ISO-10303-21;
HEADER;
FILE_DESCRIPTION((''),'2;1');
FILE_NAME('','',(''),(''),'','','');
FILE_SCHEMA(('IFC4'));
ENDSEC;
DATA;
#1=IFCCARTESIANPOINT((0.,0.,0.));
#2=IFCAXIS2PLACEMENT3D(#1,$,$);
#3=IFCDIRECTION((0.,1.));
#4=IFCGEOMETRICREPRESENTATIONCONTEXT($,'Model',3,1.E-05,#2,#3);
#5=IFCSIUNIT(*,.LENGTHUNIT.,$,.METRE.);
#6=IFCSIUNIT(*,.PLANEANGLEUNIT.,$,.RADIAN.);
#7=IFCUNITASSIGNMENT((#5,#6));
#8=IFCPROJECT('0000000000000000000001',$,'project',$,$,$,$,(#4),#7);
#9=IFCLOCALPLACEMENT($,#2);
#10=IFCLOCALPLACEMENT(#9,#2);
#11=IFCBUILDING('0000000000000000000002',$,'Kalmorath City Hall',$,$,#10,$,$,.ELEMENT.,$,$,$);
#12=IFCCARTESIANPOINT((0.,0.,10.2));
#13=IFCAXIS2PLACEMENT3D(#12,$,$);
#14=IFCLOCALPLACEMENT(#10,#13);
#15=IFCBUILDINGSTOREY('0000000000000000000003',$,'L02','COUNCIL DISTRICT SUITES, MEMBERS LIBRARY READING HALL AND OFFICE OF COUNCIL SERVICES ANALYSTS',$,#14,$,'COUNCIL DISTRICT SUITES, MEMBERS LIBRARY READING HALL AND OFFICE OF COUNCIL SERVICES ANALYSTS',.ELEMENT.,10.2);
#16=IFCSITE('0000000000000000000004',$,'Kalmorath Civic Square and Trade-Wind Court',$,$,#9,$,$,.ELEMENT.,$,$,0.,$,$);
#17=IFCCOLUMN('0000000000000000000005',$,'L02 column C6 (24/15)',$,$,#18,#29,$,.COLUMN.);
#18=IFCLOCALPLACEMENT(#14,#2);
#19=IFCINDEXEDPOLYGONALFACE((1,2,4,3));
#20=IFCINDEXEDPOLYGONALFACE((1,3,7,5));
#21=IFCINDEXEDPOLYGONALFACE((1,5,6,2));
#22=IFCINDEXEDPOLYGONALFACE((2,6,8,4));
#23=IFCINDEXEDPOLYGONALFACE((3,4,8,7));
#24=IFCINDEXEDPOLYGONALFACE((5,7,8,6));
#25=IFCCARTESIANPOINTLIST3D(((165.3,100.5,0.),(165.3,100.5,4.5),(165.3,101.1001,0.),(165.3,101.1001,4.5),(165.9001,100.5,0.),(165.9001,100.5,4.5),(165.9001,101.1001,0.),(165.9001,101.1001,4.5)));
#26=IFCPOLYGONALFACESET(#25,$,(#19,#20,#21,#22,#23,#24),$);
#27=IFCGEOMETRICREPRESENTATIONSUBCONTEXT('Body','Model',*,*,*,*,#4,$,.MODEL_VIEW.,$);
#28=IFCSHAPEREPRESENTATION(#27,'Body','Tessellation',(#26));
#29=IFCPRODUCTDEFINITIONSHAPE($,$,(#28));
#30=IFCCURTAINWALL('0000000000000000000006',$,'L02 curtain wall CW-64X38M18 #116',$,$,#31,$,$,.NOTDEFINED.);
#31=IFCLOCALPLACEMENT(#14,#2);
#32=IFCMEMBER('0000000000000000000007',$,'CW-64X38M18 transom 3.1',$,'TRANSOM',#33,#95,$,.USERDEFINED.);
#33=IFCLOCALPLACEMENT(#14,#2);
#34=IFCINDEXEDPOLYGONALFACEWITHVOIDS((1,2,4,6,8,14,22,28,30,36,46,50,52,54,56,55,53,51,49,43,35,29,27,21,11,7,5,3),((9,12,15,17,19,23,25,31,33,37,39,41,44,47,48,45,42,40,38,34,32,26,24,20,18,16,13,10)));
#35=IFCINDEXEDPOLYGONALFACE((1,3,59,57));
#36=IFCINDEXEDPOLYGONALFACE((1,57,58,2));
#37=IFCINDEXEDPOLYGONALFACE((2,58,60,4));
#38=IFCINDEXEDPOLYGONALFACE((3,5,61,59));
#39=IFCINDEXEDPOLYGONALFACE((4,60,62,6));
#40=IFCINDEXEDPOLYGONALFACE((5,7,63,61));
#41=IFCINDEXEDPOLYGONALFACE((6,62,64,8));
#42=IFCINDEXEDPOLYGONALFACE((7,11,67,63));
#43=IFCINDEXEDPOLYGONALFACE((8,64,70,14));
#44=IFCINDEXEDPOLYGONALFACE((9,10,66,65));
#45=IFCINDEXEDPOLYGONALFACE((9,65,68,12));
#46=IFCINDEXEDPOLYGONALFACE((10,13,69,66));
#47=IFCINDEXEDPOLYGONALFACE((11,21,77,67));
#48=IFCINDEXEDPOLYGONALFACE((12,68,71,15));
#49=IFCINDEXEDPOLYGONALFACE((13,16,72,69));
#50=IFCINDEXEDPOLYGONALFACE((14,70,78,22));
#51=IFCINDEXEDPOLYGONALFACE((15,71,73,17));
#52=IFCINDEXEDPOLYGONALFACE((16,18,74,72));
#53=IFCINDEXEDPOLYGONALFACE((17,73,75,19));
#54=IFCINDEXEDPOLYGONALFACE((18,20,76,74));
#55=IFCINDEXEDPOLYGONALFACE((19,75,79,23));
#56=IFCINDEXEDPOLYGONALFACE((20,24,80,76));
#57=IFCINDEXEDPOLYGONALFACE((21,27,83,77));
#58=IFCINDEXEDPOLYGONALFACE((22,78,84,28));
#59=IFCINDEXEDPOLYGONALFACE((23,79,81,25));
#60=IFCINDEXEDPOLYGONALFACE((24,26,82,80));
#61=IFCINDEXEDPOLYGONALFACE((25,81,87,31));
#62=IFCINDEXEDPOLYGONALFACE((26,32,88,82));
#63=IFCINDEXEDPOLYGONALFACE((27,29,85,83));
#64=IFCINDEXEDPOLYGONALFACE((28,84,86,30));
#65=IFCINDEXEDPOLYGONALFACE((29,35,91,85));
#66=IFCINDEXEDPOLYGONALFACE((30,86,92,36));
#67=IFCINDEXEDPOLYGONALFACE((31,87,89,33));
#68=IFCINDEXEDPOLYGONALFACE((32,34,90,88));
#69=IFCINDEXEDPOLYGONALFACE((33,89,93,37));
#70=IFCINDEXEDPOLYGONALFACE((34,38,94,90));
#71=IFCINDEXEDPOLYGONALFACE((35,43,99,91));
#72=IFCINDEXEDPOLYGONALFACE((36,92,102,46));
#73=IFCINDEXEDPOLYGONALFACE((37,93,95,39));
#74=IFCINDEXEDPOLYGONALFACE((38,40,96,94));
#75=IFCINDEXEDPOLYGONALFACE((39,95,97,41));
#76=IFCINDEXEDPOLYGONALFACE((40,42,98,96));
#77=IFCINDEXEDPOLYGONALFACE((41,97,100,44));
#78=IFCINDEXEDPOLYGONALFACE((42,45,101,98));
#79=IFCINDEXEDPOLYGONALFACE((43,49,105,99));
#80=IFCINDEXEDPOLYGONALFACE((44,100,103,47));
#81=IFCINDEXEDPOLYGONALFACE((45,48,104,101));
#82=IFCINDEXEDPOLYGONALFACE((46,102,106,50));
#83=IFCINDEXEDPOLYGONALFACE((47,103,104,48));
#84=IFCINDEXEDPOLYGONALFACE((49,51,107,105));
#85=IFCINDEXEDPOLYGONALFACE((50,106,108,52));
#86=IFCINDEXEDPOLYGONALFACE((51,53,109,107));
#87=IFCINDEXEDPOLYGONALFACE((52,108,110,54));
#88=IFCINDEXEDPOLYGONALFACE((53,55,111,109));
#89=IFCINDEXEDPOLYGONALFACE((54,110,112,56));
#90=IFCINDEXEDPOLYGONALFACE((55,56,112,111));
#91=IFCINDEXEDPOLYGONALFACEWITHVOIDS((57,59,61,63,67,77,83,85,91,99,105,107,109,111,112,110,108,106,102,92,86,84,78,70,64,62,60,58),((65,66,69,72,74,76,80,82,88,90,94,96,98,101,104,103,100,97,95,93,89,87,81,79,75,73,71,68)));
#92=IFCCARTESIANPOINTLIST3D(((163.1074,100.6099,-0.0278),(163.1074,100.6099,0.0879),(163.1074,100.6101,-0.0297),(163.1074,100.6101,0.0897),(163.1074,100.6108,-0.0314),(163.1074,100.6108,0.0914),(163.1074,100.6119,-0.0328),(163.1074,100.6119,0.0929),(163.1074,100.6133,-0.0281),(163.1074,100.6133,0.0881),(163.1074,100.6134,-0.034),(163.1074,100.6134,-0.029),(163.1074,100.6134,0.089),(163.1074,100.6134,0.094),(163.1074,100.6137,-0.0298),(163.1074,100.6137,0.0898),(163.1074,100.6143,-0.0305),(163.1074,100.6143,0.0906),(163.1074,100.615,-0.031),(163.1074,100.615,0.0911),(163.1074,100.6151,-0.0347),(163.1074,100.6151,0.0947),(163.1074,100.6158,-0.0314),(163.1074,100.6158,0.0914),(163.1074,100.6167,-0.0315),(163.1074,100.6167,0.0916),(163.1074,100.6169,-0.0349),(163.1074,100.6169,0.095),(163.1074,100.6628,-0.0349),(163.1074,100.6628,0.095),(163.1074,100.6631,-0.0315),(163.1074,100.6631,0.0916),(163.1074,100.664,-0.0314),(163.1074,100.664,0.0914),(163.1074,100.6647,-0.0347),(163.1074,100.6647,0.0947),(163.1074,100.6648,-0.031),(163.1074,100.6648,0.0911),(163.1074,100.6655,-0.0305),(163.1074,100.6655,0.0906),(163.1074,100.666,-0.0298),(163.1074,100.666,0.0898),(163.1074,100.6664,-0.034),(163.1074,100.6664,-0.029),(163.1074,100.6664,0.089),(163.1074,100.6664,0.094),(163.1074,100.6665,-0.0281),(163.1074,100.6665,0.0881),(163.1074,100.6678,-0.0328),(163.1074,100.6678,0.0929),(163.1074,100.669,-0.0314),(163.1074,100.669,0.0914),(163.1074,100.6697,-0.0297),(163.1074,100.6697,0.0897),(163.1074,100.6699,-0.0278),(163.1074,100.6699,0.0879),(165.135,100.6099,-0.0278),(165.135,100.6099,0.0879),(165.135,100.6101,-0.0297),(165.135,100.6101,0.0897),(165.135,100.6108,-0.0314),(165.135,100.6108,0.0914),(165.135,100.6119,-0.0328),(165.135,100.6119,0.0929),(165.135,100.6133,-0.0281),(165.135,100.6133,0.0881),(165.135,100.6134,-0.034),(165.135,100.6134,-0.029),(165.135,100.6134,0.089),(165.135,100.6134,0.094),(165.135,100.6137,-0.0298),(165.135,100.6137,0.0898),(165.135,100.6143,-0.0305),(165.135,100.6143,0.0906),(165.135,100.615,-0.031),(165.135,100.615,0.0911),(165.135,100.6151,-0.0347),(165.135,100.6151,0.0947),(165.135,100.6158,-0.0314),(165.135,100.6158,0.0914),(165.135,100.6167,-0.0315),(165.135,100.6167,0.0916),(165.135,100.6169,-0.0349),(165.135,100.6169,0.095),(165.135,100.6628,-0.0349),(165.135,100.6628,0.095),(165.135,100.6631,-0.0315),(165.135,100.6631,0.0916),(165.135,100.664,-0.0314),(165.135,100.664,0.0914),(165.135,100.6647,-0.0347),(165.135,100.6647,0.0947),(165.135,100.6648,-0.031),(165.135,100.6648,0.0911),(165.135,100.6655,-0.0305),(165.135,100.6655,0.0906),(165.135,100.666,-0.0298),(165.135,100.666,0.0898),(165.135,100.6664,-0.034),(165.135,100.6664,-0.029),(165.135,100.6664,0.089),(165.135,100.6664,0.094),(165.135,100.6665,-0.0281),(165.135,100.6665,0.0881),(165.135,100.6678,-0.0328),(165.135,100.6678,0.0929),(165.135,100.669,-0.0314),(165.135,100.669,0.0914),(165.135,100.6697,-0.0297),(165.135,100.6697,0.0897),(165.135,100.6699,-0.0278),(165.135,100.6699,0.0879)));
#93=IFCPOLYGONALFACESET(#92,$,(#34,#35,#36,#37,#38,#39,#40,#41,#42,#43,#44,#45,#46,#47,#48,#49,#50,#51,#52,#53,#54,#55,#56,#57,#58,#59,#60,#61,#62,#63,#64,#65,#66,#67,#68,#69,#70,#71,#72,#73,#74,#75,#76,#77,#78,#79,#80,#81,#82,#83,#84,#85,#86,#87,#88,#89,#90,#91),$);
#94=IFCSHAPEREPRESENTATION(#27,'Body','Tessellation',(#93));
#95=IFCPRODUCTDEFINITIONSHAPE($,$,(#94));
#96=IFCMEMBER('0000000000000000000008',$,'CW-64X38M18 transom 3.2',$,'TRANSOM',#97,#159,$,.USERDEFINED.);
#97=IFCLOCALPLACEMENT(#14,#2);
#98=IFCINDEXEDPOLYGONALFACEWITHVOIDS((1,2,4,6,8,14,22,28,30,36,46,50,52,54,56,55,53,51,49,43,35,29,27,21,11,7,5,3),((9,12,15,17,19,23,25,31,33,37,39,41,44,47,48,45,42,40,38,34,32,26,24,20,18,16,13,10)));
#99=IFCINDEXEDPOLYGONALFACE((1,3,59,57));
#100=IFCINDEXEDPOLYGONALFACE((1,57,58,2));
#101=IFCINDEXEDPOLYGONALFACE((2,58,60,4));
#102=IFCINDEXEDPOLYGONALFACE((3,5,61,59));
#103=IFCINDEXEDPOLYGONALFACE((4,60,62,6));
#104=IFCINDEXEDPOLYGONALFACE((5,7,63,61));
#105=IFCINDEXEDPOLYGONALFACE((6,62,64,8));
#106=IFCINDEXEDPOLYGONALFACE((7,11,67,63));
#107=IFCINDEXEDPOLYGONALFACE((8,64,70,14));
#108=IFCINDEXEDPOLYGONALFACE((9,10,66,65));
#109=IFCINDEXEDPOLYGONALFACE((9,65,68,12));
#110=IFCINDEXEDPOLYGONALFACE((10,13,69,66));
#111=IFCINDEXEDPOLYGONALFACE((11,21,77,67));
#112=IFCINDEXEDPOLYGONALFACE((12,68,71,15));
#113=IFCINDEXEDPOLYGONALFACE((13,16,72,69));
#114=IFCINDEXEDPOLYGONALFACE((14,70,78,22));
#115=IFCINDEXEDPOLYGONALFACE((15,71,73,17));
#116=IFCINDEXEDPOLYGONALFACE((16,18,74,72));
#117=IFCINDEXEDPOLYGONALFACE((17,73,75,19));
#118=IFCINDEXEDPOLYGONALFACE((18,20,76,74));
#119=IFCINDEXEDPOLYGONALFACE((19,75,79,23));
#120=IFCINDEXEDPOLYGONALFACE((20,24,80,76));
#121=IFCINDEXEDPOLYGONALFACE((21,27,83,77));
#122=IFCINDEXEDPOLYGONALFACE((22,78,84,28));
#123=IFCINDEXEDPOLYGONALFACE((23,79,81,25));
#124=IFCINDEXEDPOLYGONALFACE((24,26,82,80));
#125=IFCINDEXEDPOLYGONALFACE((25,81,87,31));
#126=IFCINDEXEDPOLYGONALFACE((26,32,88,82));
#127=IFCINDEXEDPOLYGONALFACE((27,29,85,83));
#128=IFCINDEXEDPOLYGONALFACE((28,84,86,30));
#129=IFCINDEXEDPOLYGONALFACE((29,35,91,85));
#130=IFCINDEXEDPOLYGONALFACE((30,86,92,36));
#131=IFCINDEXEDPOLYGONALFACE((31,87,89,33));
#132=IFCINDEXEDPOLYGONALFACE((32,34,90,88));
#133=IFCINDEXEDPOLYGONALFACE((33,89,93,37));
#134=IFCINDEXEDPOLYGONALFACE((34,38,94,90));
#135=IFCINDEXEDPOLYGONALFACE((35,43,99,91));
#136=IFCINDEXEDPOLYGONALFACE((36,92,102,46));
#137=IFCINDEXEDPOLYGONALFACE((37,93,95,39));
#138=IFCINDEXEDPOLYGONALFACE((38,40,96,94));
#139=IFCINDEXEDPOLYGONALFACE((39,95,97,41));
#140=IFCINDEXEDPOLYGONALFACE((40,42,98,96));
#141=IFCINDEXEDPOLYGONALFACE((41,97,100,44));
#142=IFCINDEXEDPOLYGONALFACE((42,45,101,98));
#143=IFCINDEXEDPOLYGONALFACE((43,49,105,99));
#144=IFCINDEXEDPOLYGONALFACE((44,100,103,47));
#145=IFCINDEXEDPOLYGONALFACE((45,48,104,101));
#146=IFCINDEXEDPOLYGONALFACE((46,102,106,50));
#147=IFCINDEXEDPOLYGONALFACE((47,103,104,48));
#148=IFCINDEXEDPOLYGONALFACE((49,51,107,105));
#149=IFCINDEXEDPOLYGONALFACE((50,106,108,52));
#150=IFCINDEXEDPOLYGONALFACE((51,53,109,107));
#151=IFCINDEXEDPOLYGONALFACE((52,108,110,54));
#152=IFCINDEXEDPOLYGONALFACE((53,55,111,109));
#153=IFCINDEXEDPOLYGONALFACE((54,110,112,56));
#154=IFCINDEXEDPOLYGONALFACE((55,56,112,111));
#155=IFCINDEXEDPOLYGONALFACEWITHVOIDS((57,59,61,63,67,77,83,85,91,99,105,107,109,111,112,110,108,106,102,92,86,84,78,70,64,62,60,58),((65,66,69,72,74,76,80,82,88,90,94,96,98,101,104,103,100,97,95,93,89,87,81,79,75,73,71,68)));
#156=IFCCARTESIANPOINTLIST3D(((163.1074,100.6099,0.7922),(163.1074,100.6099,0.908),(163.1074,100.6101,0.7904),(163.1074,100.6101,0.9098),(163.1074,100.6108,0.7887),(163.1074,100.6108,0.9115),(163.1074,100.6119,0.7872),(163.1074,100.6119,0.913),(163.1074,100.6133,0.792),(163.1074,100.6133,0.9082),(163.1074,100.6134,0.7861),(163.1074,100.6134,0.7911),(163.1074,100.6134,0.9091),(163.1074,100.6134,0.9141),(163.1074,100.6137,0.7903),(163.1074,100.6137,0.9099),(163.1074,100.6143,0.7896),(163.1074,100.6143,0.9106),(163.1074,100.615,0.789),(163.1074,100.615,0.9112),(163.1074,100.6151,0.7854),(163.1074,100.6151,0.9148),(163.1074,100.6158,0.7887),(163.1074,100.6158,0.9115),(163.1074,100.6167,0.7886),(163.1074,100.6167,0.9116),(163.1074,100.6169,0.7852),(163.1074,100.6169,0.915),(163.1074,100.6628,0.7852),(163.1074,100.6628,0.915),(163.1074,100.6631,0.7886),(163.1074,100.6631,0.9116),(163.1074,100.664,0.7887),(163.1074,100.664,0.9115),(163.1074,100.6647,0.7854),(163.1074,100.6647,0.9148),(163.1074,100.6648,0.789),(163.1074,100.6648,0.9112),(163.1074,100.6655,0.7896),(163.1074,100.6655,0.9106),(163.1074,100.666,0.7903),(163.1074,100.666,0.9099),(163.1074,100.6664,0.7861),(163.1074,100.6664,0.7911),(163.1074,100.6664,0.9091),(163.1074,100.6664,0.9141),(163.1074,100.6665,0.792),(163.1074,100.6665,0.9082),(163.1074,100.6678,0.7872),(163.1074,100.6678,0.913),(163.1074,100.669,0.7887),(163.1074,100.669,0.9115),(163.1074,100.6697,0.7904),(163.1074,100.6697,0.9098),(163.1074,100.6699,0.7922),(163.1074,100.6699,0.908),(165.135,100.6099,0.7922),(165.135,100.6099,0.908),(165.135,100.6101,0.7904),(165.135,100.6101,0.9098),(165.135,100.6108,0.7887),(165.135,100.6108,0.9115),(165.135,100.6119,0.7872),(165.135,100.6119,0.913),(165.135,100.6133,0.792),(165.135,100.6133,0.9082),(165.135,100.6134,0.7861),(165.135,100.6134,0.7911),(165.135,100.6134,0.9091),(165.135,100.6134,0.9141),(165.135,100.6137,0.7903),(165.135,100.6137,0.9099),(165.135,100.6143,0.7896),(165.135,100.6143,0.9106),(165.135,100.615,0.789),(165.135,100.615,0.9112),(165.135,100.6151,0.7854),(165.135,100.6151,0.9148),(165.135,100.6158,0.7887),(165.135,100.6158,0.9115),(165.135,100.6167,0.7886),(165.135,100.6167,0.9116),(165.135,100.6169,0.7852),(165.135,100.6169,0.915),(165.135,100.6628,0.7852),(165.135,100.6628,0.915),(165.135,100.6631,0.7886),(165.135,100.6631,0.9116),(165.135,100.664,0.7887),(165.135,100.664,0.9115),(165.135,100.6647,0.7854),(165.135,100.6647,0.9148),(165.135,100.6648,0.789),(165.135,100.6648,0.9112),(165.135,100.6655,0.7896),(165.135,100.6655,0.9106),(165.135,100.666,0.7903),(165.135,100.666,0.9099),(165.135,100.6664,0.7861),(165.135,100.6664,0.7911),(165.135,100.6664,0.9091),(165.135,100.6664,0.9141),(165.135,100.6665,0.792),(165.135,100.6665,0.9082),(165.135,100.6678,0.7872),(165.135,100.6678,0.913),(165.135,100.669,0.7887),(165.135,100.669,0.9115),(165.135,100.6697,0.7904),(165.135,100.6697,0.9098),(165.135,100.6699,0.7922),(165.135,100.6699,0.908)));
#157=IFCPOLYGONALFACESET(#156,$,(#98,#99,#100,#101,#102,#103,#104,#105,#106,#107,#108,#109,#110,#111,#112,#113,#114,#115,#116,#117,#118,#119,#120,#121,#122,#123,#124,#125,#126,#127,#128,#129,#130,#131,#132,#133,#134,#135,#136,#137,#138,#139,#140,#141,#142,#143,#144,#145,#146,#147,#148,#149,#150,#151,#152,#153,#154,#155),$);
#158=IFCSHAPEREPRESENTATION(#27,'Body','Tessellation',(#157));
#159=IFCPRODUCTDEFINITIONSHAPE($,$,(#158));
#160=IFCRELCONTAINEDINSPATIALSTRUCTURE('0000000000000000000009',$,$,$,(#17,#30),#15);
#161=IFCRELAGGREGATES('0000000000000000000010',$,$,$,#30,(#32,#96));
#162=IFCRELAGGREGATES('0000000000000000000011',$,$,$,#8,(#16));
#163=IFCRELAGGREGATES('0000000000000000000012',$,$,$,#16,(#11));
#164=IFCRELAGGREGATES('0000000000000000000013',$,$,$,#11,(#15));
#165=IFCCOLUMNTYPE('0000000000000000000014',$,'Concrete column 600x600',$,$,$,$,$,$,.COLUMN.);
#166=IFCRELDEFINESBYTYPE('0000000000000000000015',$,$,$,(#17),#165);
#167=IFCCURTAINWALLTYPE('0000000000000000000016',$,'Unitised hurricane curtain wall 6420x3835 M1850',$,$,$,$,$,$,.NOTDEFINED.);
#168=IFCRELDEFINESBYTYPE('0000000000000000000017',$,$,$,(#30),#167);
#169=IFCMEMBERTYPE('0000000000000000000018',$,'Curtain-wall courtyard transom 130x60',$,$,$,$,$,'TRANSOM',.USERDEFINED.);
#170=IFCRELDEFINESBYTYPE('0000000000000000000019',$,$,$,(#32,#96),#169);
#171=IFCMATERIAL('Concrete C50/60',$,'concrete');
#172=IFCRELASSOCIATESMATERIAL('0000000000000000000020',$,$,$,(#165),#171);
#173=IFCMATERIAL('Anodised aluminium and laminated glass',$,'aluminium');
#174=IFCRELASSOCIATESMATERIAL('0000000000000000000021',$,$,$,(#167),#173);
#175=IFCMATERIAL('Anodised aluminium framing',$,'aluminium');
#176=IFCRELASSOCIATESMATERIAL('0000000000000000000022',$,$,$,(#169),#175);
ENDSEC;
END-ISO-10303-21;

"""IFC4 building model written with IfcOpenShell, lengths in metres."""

from ifc_helpers import new_model, si_unit, direction, frame, origin, origin_2d, place, context, subcontext, project, spatial, rectangle, hollow_rectangle, extrude, material, material_profile, profile_set, type_object, element, aggregate, save


model = new_model("IFC4")

# Units and contexts
model_context = context("Model", 3, precision=1e-05, world=origin(), true_north=direction((0.0, 1.0)))
body_context = subcontext(model_context, "Body", "Model", "MODEL_VIEW")
ifc_project = project(units=[si_unit("LENGTHUNIT", "METRE"), si_unit("PLANEANGLEUNIT", "RADIAN")], contexts=[model_context])

# Site, building, storey
site_placement = place(None, origin())
site = spatial("IfcSite", under=ifc_project, at=site_placement, Name="Kalmorath Civic Square and Trade-Wind Court", CompositionType="ELEMENT", RefElevation=0.0)
building_placement = place(site_placement, origin())
building = spatial("IfcBuilding", under=site, at=building_placement, Name="Kalmorath City Hall", CompositionType="ELEMENT")
storey_placement = place(building_placement, frame((0.0, 0.0, 10.2)))
storey = spatial("IfcBuildingStorey", under=building, at=storey_placement, Name="L02", Description="COUNCIL DISTRICT SUITES, MEMBERS LIBRARY READING HALL AND OFFICE OF COUNCIL SERVICES ANALYSTS", LongName="COUNCIL DISTRICT SUITES, MEMBERS LIBRARY READING HALL AND OFFICE OF COUNCIL SERVICES ANALYSTS", CompositionType="ELEMENT", Elevation=10.2)

# Column
ifc_material_1 = material(Name="Concrete C50/60", Category="concrete")
ifc_material_profile_1 = material_profile(ifc_material_1, rectangle(XDim=0.6001, YDim=0.6001, at=origin_2d()), Name="RC-COL-600X600")
ifc_profile_set_1 = profile_set([ifc_material_profile_1], Name="Concrete C50/60")
column_type = type_object("IfcColumnType", Name="Concrete column 600x600", PredefinedType="COLUMN", material=ifc_profile_set_1)
column_placement = place(storey_placement, frame((165.6001, 100.8, 0.0), z_axis=(0.0, 0.0, 1.0), x_axis=(1.0, 0.0, 0.0)))
element("IfcColumn", 1, at=column_placement, inside=storey, type_object=column_type, Name="L02 column C6 (24/15)", PredefinedType="COLUMN", context=body_context, shape_type="SweptSolid", body=[
    extrude(rectangle(XDim=0.6001, YDim=0.6001, at=origin_2d()), origin(), (0.0, 0.0, 1.0), 4.5),
])

# Curtain wall, members
ifc_material_2 = material(Name="Anodised aluminium and laminated glass", Category="aluminium")
curtain_wall_type = type_object("IfcCurtainWallType", Name="Unitised hurricane curtain wall 6420x3835 M1850", PredefinedType="NOTDEFINED", material=ifc_material_2)
curtain_wall_1_placement = place(storey_placement, origin())
curtain_wall_1 = element("IfcCurtainWall", 2, at=curtain_wall_1_placement, inside=storey, type_object=curtain_wall_type, Name="L02 curtain wall CW-64X38M18 #116", PredefinedType="NOTDEFINED")
ifc_material_3 = material(Name="Anodised aluminium framing", Category="aluminium")
ifc_material_profile_2 = material_profile(ifc_material_3, hollow_rectangle(XDim=0.0601, YDim=0.1299, WallThickness=0.0034, InnerFilletRadius=0.0034, OuterFilletRadius=0.0071, at=origin_2d()), Name="ALU-TRN-130X60X3.5")
ifc_profile_set_2 = profile_set([ifc_material_profile_2], Name="Anodised aluminium framing")
member_type_1 = type_object("IfcMemberType", Name="Curtain-wall courtyard transom 130x60", ElementType="TRANSOM", PredefinedType="USERDEFINED", material=ifc_profile_set_2)
member_1_placement = place(storey_placement, frame((163.1074, 100.6399, 0.03), z_axis=(1.0, 0.0, 0.0), x_axis=(0.0, 1.0, 0.0)))
member_1 = element("IfcMember", 3, at=member_1_placement, type_object=member_type_1, Name="CW-64X38M18 transom 3.1", ObjectType="TRANSOM", PredefinedType="USERDEFINED", context=body_context, shape_type="SweptSolid", body=[
    extrude(hollow_rectangle(XDim=0.0601, YDim=0.1299, WallThickness=0.0034, InnerFilletRadius=0.0034, OuterFilletRadius=0.0071, at=origin_2d()), origin(), (0.0, 0.0, 1.0), 2.0276),
])
member_2_placement = place(storey_placement, frame((163.1074, 100.6399, 0.8501), z_axis=(1.0, 0.0, 0.0), x_axis=(0.0, 1.0, 0.0)))
member_2 = element("IfcMember", 4, at=member_2_placement, type_object=member_type_1, Name="CW-64X38M18 transom 3.2", ObjectType="TRANSOM", PredefinedType="USERDEFINED", context=body_context, shape_type="SweptSolid", body=[
    extrude(hollow_rectangle(XDim=0.0601, YDim=0.1299, WallThickness=0.0034, InnerFilletRadius=0.0034, OuterFilletRadius=0.0071, at=origin_2d()), origin(), (0.0, 0.0, 1.0), 2.0276),
])

aggregate(curtain_wall_1, [member_1, member_2])

save(model, "model.ifc")
